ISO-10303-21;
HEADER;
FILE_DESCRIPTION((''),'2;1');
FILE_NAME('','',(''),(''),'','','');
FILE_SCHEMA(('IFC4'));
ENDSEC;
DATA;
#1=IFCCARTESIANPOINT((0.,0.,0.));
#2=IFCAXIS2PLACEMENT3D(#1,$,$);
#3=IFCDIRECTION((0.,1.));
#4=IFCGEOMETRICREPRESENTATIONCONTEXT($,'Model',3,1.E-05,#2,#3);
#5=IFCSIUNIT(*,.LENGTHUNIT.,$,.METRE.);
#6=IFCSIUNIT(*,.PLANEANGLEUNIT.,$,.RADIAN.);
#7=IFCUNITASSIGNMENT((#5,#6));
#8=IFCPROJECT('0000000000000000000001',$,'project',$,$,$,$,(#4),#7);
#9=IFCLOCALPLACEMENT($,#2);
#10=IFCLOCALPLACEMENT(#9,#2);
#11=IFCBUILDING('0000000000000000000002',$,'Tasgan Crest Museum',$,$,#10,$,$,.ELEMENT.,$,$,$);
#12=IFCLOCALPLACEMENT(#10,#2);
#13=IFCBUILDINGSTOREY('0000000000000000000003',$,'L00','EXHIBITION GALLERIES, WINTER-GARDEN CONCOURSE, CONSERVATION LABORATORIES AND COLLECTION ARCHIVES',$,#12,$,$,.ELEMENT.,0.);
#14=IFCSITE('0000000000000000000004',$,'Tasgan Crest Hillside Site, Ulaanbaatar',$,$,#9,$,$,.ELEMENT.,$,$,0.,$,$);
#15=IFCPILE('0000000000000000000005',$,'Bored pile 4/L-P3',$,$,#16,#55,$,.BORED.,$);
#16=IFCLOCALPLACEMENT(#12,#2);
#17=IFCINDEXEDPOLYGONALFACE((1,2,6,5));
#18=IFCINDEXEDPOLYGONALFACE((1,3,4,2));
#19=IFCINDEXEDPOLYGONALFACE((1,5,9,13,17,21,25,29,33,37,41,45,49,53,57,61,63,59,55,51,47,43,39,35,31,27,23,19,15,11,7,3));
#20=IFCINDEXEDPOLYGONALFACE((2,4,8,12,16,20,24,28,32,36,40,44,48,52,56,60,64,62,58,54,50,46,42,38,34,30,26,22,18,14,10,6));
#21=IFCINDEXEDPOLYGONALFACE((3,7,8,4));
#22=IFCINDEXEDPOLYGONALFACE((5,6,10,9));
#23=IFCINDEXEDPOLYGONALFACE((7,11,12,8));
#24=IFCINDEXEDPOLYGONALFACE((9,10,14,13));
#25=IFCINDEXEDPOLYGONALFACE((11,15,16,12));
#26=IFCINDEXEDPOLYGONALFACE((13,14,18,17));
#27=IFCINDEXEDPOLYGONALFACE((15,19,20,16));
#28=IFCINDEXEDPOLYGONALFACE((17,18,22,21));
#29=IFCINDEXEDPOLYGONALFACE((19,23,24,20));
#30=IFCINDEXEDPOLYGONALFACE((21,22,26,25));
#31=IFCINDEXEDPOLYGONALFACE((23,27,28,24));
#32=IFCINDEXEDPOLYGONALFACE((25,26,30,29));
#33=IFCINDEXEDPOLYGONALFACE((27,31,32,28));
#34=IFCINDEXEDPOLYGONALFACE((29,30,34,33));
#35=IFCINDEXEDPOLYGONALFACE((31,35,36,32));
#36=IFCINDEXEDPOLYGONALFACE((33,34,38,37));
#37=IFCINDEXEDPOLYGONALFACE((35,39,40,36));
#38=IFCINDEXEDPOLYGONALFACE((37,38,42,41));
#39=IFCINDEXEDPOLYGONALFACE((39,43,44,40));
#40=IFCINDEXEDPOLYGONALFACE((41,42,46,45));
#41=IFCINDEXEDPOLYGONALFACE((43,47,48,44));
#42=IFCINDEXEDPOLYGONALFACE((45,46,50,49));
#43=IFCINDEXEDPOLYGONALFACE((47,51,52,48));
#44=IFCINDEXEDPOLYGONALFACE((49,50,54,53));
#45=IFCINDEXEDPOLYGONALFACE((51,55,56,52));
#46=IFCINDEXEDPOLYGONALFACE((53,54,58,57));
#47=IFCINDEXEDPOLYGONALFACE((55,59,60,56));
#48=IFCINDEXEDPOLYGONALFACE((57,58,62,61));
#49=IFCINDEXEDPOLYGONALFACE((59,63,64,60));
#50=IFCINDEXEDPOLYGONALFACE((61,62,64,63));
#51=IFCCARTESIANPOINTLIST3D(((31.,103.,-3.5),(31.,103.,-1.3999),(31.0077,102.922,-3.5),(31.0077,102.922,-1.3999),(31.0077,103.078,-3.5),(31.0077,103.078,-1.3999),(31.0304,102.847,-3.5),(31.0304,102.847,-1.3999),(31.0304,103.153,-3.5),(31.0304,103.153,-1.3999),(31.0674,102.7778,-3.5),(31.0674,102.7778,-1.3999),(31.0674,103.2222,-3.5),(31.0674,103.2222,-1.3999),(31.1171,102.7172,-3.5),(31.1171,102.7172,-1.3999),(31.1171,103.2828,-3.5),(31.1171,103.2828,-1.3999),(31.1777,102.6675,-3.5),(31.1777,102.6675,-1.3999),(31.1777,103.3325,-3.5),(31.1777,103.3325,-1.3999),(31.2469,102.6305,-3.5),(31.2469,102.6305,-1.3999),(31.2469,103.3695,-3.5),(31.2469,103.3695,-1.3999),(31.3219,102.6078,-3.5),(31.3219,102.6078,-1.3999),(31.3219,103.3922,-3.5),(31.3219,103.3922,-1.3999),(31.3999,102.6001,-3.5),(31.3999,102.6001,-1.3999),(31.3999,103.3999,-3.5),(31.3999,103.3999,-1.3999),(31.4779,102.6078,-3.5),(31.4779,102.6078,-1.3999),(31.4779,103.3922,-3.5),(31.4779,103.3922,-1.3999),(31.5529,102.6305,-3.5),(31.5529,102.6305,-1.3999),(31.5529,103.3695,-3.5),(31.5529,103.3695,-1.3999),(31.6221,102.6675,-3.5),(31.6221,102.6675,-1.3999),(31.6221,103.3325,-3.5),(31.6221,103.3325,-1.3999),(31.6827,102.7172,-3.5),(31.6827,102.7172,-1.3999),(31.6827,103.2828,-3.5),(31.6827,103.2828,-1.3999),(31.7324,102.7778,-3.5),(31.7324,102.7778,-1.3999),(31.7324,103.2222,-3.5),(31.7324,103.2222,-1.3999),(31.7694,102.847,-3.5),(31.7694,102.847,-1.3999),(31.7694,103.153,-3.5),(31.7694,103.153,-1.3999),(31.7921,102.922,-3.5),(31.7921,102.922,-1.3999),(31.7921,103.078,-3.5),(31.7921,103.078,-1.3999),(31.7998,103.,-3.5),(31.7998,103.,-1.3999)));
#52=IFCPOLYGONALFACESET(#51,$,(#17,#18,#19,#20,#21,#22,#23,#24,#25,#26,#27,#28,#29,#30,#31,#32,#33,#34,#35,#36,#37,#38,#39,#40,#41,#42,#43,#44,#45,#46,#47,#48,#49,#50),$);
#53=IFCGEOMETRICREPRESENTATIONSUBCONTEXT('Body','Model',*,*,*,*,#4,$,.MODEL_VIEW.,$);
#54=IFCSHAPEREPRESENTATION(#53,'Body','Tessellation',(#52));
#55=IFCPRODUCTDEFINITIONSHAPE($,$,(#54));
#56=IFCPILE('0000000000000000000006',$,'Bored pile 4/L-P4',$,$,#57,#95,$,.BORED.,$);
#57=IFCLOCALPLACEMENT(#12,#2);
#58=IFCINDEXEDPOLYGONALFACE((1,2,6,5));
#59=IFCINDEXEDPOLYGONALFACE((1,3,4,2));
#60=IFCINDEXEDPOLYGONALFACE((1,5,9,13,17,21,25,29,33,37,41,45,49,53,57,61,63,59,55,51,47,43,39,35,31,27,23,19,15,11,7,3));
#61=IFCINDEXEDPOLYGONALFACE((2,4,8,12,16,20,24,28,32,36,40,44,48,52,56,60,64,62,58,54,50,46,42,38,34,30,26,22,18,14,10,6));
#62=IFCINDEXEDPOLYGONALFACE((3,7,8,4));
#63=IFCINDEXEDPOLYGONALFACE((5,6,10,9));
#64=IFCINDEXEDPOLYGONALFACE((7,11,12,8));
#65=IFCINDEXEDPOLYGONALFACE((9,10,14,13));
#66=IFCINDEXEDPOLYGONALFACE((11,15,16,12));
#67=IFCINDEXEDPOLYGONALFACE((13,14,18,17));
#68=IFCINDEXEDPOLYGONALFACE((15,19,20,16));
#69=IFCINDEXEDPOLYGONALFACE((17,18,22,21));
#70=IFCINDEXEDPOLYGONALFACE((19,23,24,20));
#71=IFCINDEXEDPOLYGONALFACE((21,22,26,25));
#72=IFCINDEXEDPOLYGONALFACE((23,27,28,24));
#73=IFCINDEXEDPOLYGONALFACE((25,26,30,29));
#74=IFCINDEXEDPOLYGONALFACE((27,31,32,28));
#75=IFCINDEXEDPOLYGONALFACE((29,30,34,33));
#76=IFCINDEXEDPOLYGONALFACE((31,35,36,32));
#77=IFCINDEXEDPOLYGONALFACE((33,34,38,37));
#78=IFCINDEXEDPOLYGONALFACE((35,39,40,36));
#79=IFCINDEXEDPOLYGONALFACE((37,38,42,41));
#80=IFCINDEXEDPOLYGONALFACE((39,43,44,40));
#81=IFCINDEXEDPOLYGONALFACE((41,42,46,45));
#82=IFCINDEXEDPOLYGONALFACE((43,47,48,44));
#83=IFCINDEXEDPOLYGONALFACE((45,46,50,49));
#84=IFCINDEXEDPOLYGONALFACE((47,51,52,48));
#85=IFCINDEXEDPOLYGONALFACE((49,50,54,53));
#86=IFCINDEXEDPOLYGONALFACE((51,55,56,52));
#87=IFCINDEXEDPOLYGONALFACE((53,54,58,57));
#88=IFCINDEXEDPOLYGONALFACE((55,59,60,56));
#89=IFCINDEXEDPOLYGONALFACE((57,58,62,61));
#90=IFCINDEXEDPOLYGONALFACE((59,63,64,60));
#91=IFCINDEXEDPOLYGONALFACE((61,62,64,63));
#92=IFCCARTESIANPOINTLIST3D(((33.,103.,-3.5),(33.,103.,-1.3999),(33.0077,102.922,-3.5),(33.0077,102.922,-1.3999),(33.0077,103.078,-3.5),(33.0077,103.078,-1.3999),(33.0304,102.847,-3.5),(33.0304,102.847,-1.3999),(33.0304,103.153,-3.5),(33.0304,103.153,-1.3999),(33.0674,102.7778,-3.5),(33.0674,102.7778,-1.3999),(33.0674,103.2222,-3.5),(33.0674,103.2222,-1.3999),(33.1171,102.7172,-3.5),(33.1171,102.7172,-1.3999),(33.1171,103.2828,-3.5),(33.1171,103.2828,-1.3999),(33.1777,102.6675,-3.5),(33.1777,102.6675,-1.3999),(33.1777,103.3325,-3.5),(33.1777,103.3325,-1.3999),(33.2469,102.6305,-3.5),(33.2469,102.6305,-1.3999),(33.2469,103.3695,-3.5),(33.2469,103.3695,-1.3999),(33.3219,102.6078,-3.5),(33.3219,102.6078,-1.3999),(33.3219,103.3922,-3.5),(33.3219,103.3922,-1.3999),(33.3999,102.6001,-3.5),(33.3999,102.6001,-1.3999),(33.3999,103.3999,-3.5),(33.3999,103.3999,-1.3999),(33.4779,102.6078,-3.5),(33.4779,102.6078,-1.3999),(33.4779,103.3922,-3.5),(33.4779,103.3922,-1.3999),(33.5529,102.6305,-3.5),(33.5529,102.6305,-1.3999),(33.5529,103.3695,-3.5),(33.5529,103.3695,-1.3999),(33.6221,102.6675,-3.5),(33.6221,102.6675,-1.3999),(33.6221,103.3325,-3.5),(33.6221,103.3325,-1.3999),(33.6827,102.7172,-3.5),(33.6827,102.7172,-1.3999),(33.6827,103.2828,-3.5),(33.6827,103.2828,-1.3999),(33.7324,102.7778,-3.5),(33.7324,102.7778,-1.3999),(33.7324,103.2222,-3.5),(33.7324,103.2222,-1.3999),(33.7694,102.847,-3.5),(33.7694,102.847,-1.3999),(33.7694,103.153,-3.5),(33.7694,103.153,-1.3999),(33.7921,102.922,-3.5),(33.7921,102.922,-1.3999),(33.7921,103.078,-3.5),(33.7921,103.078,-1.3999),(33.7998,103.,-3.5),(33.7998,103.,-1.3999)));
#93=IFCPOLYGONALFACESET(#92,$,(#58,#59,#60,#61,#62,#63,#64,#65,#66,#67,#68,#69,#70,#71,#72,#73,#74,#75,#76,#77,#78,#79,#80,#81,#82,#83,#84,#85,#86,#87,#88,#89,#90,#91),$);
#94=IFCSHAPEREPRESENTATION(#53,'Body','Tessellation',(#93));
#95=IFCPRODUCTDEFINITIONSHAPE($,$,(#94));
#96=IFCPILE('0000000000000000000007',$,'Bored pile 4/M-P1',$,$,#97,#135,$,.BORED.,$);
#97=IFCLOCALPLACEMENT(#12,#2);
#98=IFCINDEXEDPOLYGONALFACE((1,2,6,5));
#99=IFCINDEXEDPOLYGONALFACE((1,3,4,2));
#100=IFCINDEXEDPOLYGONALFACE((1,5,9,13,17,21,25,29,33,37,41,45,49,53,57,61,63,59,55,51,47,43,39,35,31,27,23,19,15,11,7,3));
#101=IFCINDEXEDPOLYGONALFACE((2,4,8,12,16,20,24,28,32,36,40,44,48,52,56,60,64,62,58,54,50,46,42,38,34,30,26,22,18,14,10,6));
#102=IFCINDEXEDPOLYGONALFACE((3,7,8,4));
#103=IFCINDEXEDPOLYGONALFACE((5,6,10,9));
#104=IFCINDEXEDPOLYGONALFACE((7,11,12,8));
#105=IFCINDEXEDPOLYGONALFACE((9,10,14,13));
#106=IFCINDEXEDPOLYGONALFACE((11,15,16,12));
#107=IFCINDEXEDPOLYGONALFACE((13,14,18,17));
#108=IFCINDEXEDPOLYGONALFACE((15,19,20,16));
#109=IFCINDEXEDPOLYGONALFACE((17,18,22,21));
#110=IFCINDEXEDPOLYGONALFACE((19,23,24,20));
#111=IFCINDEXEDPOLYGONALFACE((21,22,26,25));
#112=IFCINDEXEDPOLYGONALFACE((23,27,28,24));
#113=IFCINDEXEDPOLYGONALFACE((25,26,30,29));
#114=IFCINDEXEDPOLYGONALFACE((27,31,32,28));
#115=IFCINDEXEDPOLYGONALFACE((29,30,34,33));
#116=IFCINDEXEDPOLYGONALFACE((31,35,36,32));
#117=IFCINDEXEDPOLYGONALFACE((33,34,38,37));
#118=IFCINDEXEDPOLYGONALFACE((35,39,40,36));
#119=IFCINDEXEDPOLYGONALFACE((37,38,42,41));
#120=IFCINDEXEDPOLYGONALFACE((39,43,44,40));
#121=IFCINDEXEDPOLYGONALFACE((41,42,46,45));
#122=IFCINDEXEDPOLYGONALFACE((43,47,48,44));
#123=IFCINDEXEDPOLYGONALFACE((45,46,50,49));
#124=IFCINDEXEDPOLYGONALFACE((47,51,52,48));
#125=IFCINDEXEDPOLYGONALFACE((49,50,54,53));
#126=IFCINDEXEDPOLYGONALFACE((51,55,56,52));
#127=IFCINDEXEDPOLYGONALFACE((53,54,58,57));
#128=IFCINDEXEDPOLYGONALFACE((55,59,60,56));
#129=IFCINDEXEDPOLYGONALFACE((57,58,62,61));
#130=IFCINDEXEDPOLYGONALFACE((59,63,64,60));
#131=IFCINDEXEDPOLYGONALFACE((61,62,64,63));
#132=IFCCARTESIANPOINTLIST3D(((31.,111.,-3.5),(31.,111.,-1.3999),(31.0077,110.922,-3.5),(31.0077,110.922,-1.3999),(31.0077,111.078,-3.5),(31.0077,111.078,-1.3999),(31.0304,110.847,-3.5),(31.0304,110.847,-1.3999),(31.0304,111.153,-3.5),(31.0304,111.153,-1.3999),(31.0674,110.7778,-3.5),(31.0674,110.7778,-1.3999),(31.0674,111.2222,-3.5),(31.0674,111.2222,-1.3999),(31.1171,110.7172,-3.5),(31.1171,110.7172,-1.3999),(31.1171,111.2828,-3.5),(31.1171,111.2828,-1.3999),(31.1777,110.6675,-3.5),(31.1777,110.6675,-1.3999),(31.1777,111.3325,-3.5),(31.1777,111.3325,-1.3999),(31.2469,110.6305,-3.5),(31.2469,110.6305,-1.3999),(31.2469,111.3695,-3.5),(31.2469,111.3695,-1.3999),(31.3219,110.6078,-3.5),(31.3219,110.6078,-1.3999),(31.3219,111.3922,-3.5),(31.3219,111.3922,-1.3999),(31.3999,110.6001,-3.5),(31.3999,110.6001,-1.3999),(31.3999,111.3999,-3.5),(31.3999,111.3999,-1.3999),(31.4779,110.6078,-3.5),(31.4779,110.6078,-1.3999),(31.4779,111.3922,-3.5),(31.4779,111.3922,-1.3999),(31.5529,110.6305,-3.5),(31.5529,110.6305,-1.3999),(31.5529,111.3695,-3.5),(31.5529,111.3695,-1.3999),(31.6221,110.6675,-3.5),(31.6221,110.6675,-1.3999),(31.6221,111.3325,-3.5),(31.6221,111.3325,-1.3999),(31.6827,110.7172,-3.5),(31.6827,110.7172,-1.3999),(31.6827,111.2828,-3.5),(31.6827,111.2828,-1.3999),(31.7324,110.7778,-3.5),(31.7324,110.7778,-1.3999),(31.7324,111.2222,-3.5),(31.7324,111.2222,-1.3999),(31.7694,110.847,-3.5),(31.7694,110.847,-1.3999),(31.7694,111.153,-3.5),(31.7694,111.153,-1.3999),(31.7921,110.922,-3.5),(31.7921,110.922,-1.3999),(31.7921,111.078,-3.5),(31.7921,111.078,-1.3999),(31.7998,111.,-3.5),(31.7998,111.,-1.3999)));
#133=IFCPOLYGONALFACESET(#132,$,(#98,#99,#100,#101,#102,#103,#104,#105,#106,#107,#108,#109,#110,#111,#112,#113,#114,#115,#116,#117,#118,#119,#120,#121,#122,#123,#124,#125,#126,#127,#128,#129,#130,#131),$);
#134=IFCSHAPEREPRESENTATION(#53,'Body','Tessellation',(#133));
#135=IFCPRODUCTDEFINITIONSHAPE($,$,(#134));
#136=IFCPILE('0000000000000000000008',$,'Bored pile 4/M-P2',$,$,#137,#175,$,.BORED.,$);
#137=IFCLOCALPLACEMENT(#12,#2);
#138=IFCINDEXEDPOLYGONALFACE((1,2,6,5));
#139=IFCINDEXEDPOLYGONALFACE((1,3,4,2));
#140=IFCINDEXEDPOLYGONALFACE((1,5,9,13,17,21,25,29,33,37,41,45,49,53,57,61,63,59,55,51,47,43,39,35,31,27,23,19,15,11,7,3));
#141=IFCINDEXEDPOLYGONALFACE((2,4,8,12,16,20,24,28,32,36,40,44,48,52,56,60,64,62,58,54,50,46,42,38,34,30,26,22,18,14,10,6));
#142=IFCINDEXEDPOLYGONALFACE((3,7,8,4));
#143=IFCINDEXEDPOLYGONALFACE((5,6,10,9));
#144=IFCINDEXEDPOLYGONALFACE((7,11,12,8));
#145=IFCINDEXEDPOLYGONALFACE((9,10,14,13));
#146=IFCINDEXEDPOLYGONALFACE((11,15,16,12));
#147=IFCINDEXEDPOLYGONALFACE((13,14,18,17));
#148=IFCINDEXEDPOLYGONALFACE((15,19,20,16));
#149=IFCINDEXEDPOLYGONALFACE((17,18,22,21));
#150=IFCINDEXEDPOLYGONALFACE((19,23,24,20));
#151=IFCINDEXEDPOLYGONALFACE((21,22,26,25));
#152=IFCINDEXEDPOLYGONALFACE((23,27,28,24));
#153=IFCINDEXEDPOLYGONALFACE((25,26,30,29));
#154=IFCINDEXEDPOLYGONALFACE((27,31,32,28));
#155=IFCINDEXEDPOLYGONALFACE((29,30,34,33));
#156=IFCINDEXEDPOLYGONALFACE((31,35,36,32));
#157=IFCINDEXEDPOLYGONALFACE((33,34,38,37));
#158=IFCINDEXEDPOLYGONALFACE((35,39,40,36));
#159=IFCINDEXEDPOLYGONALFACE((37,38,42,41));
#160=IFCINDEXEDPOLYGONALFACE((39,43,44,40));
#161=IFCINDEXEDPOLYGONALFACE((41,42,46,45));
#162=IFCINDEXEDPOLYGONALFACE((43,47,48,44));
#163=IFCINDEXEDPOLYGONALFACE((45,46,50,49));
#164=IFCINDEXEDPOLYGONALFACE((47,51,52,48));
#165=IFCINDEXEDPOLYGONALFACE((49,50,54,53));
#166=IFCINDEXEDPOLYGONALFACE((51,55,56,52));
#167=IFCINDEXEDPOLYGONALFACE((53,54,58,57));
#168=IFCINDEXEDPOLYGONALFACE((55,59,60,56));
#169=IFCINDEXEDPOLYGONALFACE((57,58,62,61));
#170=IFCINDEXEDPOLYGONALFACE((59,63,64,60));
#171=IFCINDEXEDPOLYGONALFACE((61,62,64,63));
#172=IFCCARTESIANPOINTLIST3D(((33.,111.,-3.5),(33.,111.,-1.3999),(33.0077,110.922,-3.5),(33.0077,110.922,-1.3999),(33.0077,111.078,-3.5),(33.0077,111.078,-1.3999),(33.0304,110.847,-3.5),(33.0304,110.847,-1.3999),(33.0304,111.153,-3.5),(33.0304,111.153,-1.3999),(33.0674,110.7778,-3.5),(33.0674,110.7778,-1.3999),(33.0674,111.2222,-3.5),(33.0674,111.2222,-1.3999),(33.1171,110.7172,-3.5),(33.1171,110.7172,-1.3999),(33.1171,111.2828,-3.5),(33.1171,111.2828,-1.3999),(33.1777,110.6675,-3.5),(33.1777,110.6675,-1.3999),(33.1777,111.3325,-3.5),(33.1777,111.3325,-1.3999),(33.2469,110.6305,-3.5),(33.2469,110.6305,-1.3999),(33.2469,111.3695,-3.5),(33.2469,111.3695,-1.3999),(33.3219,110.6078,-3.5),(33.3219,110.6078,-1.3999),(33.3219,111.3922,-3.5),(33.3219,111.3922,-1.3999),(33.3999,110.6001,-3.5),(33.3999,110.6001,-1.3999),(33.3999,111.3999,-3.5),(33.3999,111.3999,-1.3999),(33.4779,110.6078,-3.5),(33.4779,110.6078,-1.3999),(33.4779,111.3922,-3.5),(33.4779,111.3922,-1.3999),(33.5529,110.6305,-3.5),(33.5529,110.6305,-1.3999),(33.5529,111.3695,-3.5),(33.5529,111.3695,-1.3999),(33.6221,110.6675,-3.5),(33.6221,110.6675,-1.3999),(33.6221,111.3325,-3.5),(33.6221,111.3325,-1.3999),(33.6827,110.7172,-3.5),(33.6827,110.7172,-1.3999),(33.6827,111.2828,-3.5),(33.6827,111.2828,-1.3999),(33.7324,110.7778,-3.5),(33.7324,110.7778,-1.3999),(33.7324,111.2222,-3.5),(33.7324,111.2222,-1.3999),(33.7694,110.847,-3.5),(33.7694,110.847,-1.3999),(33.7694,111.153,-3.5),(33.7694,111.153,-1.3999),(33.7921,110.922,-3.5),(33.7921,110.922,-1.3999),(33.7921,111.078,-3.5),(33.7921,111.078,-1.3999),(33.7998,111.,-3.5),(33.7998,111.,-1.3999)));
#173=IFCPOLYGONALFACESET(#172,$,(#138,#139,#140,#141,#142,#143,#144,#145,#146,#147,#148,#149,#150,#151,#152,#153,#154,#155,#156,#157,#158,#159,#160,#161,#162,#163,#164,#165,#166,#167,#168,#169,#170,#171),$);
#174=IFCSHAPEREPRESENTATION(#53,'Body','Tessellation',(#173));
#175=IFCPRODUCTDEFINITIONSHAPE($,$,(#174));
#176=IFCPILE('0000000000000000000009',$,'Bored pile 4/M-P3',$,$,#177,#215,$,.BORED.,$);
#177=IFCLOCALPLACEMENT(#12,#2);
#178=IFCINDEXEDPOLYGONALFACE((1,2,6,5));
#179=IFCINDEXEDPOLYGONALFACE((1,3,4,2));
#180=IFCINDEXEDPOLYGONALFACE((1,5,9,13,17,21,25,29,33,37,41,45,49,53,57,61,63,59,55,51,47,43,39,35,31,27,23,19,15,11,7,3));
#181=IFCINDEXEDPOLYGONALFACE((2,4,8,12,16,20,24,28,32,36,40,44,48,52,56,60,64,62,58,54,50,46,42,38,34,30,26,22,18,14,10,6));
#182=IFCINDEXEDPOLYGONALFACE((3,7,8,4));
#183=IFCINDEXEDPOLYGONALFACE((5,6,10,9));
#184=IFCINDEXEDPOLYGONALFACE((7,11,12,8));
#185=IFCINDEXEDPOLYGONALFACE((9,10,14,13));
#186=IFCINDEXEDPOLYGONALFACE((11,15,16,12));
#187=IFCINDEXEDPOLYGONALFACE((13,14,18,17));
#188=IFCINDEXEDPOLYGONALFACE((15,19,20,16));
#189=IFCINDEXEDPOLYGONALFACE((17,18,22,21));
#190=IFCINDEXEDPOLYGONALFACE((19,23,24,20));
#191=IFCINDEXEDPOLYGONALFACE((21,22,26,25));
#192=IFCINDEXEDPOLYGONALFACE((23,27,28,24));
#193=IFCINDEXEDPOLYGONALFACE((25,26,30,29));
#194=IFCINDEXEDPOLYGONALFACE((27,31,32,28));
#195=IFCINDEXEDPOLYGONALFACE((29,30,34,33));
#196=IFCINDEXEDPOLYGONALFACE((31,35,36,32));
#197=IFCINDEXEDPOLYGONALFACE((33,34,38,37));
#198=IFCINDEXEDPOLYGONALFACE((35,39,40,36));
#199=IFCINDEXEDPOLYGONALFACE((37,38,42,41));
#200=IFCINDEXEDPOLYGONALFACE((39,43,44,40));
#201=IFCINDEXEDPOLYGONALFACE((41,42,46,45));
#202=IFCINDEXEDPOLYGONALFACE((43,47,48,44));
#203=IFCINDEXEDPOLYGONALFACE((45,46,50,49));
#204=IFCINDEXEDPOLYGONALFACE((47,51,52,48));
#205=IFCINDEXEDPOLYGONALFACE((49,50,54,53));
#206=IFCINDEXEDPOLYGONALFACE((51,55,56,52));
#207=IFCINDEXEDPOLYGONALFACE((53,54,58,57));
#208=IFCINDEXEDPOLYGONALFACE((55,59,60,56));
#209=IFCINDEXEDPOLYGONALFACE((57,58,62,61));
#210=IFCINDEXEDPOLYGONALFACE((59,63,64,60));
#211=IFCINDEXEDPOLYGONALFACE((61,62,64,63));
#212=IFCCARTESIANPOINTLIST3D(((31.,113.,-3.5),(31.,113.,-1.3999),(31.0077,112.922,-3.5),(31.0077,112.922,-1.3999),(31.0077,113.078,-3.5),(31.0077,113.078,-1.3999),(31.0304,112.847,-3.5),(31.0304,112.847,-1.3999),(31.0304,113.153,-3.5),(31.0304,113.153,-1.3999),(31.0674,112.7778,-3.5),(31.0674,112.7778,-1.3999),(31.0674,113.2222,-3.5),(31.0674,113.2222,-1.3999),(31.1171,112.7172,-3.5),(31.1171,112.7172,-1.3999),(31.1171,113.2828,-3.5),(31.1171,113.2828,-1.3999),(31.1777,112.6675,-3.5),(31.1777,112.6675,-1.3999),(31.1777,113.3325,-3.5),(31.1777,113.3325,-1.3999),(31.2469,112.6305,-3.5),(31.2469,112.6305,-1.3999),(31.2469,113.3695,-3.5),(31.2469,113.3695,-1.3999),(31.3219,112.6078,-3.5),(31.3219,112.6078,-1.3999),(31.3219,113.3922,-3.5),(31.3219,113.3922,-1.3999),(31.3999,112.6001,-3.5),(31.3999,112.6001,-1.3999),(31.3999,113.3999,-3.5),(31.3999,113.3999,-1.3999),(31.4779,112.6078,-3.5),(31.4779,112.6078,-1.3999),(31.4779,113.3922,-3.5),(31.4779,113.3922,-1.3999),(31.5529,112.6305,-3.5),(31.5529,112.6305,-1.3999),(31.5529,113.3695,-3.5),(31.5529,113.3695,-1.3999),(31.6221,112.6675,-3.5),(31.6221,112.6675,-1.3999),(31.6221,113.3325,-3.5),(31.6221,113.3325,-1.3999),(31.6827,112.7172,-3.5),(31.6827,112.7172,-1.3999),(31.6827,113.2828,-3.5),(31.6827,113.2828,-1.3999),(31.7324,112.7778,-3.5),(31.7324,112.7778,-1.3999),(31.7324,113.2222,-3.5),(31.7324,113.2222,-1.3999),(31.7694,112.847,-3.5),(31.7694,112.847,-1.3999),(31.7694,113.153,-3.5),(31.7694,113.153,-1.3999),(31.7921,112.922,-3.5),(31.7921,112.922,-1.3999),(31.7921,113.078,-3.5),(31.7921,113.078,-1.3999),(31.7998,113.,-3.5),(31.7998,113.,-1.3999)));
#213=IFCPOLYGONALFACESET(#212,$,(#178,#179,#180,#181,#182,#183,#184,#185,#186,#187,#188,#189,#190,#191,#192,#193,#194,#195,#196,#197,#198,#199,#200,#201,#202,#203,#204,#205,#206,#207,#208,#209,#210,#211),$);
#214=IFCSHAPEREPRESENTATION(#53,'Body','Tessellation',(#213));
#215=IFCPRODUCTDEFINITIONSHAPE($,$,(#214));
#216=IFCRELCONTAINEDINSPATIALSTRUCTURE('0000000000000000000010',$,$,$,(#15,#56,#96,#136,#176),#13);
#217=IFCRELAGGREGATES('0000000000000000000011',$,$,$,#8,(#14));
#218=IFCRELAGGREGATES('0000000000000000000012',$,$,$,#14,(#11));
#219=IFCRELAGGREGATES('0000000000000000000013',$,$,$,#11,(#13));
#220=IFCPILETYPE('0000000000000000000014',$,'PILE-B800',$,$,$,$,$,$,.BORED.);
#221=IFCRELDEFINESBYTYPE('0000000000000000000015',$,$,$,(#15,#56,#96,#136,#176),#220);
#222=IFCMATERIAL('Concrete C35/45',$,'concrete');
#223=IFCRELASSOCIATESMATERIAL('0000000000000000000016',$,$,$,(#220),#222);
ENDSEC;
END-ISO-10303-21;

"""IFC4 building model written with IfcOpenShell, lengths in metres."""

from ifc_helpers import new_model, si_unit, direction, frame, origin, origin_2d, place, context, subcontext, project, spatial, circle, extrude, material, material_profile, profile_set, type_object, element, save


model = new_model("IFC4")

# Units and contexts
model_context = context("Model", 3, precision=1e-05, world=origin(), true_north=direction((0.0, 1.0)))
body_context = subcontext(model_context, "Body", "Model", "MODEL_VIEW")
ifc_project = project(units=[si_unit("LENGTHUNIT", "METRE"), si_unit("PLANEANGLEUNIT", "RADIAN")], contexts=[model_context])

# Site, building, storey
site_placement = place(None, origin())
site = spatial("IfcSite", under=ifc_project, at=site_placement, Name="Tasgan Crest Hillside Site, Ulaanbaatar", CompositionType="ELEMENT", RefElevation=0.0)
building_placement = place(site_placement, origin())
building = spatial("IfcBuilding", under=site, at=building_placement, Name="Tasgan Crest Museum", CompositionType="ELEMENT")
storey_placement = place(building_placement, origin())
storey = spatial("IfcBuildingStorey", under=building, at=storey_placement, Name="L00", Description="EXHIBITION GALLERIES, WINTER-GARDEN CONCOURSE, CONSERVATION LABORATORIES AND COLLECTION ARCHIVES", CompositionType="ELEMENT", Elevation=0.0)

# Piles
ifc_material_1 = material(Name="Concrete C35/45", Category="concrete")
ifc_material_profile_1 = material_profile(ifc_material_1, circle(Radius=0.3999, at=origin_2d()), Name="PILE D800")
ifc_profile_set_1 = profile_set([ifc_material_profile_1], Name="Concrete C35/45")
pile_type = type_object("IfcPileType", Name="PILE-B800", PredefinedType="BORED", material=ifc_profile_set_1)
for number, where, z_axis, x_axis, name in (
    (1, (31.3999, 103.0, -1.3999), (0.0, 0.0, -1.0), (1.0, 0.0, 0.0), "Bored pile 4/L-P3"),
    (2, (33.3999, 103.0, -1.3999), (0.0, 0.0, -1.0), (1.0, 0.0, 0.0), "Bored pile 4/L-P4"),
    (3, (31.3999, 111.0, -1.3999), (0.0, 0.0, -1.0), (1.0, 0.0, 0.0), "Bored pile 4/M-P1"),
    (4, (33.3999, 111.0, -1.3999), (0.0, 0.0, -1.0), (1.0, 0.0, 0.0), "Bored pile 4/M-P2"),
    (5, (31.3999, 113.0, -1.3999), (0.0, 0.0, -1.0), (1.0, 0.0, 0.0), "Bored pile 4/M-P3"),
):
    element("IfcPile", number, at=place(storey_placement, frame(where, z_axis=z_axis, x_axis=x_axis)), inside=storey, type_object=pile_type, Name=name, PredefinedType="BORED", context=body_context, shape_type="SweptSolid", body=[
        extrude(circle(Radius=0.3999, at=origin_2d()), origin(), (0.0, 0.0, 1.0), 2.1001),
    ])

save(model, "model.ifc")
